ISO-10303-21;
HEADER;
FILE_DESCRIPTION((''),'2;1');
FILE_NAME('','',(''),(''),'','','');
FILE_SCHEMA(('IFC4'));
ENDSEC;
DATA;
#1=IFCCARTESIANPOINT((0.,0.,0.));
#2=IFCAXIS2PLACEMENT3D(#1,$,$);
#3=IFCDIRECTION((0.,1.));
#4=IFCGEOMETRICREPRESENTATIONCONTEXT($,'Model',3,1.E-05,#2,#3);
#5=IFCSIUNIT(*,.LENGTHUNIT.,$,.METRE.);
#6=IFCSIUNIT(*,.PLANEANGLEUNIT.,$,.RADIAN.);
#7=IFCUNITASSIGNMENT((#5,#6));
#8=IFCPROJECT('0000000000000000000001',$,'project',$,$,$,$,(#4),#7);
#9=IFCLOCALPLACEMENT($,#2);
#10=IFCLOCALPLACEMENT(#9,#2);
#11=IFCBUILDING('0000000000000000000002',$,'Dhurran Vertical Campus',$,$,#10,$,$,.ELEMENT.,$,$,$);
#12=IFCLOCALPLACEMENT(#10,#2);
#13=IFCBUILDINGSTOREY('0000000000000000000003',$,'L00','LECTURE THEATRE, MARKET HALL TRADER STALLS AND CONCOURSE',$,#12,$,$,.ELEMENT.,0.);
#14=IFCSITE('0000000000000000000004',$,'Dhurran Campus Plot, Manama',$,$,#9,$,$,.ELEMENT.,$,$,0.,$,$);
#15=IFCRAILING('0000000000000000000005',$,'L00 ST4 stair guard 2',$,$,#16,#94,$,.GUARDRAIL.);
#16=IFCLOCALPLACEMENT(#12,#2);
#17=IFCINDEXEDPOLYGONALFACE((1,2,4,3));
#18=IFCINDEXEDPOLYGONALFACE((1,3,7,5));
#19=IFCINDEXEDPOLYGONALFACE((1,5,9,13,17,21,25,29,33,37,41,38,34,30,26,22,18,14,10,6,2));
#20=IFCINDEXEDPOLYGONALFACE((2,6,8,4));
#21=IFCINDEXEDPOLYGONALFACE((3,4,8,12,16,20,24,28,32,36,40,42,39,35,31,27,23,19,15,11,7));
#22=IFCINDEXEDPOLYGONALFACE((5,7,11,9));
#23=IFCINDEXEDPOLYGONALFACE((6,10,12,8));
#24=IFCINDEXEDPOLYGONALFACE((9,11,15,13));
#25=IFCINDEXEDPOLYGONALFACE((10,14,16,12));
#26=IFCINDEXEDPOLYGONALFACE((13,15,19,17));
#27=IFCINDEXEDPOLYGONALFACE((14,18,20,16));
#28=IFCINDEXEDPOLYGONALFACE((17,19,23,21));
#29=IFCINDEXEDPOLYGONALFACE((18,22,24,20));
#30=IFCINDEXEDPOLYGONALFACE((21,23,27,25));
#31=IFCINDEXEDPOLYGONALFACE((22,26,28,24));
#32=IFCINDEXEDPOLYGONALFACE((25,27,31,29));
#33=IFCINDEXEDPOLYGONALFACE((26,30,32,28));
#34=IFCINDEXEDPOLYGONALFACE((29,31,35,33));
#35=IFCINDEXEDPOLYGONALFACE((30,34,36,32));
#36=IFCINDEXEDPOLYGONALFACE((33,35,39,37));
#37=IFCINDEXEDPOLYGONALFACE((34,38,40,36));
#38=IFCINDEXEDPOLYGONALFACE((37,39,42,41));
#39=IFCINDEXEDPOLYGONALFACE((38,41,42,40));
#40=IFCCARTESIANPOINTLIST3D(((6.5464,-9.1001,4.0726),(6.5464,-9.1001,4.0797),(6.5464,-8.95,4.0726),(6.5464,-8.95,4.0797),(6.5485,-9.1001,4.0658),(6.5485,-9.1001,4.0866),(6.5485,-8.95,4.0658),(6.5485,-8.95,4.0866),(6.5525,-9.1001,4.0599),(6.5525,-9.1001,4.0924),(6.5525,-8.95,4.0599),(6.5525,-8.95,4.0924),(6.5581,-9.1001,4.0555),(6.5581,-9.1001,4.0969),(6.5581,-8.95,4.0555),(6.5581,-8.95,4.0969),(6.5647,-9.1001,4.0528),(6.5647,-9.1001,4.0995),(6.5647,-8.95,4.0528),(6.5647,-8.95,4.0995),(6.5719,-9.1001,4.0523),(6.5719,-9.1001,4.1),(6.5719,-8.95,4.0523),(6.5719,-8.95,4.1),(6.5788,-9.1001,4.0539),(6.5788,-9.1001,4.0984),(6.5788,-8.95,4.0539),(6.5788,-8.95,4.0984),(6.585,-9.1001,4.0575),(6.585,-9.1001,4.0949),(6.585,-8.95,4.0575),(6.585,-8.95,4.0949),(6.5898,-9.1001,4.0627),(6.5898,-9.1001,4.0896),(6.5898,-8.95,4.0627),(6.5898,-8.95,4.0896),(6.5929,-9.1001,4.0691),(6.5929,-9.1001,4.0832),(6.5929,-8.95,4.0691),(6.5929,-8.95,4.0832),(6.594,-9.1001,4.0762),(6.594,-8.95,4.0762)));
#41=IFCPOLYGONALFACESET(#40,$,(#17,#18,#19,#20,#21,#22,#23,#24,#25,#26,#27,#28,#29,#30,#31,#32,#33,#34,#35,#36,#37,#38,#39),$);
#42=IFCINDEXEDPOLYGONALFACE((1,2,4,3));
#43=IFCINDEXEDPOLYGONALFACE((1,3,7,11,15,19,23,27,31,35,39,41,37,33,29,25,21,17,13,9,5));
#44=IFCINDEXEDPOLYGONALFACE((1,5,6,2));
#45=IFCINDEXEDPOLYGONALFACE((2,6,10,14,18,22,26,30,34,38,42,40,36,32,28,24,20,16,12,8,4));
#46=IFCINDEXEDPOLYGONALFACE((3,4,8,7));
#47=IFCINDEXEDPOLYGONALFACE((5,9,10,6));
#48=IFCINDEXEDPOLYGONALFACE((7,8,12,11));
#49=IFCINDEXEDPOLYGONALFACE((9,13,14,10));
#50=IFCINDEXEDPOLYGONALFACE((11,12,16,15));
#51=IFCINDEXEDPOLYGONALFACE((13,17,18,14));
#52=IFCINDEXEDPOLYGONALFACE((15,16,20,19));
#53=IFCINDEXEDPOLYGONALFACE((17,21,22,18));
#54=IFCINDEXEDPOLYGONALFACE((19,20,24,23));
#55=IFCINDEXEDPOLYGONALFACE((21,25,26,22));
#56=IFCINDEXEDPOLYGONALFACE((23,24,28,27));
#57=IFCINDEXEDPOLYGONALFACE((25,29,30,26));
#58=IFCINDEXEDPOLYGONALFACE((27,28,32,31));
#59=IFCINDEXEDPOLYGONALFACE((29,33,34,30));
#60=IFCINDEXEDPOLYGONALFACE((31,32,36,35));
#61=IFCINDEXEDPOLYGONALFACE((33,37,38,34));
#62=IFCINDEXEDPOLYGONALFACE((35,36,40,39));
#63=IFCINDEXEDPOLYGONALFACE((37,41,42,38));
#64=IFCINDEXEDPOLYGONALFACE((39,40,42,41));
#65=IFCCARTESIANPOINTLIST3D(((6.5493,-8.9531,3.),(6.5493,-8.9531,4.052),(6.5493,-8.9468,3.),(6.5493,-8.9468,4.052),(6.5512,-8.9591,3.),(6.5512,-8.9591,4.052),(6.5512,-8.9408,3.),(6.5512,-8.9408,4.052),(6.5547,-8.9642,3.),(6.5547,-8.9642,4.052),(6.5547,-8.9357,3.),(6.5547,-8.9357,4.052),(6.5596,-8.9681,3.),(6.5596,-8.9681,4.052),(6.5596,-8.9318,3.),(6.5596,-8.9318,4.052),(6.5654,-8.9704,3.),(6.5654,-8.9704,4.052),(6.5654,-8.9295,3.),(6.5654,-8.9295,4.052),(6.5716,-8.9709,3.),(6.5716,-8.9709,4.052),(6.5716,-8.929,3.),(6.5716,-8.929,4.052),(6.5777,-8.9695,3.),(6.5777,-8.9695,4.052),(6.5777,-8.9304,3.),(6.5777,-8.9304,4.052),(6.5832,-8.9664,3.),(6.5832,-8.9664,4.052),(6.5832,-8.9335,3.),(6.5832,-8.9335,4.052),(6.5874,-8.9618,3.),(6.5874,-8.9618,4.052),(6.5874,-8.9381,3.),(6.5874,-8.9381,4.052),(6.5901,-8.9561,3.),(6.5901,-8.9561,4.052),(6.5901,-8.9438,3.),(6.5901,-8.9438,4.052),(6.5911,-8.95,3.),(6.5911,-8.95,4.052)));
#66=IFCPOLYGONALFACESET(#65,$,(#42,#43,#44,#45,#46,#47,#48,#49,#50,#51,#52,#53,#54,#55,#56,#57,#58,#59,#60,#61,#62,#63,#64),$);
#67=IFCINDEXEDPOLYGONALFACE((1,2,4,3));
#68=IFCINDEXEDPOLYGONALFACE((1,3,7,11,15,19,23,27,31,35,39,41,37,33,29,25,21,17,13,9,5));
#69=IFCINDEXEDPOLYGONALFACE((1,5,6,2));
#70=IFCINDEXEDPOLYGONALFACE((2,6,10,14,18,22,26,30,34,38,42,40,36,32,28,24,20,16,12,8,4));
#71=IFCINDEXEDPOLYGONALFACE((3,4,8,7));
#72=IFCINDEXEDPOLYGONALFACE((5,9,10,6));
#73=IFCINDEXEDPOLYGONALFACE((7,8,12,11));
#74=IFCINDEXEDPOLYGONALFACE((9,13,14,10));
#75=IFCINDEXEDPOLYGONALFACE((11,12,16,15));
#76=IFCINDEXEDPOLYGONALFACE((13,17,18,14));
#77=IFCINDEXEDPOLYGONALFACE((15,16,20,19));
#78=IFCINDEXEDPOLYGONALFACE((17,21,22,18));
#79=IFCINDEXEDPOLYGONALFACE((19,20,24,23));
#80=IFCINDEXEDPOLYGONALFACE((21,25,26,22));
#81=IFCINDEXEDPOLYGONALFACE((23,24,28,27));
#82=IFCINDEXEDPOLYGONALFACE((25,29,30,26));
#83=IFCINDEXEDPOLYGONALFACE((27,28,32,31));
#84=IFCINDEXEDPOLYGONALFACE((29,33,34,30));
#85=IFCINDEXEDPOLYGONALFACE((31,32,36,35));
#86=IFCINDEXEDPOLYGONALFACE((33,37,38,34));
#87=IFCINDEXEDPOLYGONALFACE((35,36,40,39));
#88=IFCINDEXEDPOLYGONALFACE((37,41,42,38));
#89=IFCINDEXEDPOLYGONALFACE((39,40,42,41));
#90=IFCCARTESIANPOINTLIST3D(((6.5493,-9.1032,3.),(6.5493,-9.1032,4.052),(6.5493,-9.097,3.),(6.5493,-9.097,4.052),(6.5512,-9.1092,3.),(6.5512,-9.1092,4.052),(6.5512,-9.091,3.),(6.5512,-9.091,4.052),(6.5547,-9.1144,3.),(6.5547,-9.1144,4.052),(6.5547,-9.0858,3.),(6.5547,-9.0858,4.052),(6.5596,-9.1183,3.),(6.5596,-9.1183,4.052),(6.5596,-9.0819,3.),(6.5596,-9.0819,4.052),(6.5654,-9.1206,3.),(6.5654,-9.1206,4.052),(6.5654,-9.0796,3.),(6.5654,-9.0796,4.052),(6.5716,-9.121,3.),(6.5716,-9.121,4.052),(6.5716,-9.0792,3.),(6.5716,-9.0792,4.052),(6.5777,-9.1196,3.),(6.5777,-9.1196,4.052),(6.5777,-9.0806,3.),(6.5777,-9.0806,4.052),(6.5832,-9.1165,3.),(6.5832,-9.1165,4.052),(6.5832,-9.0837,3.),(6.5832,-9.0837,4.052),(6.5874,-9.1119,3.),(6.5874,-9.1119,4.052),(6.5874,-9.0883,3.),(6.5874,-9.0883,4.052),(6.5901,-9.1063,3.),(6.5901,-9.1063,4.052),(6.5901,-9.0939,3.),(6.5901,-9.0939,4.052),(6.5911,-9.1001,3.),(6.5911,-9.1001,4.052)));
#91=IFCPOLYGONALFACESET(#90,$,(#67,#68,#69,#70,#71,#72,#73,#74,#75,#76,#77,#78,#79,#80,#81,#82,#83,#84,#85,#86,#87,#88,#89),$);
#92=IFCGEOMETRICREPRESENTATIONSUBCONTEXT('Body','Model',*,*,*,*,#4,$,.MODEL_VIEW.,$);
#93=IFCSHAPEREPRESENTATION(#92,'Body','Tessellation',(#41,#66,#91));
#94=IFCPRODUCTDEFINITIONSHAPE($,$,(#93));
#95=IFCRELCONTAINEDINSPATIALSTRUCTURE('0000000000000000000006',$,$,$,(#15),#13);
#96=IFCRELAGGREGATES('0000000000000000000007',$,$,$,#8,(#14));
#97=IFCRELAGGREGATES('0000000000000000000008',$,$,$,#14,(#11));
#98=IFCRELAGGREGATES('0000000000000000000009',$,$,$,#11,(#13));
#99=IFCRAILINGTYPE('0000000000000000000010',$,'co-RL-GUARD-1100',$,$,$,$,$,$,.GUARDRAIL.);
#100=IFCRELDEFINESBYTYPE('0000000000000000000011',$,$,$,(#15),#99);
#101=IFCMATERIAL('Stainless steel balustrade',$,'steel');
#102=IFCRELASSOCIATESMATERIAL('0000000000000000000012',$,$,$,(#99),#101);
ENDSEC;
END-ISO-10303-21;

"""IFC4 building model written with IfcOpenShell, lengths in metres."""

from ifc_helpers import new_model, si_unit, direction, frame, origin, origin_2d, place, context, subcontext, project, spatial, circle, extrude, material, type_object, element, save


model = new_model("IFC4")

# Units and contexts
model_context = context("Model", 3, precision=1e-05, world=origin(), true_north=direction((0.0, 1.0)))
body_context = subcontext(model_context, "Body", "Model", "MODEL_VIEW")
ifc_project = project(units=[si_unit("LENGTHUNIT", "METRE"), si_unit("PLANEANGLEUNIT", "RADIAN")], contexts=[model_context])

# Site, building, storey
site_placement = place(None, origin())
site = spatial("IfcSite", under=ifc_project, at=site_placement, Name="Dhurran Campus Plot, Manama", CompositionType="ELEMENT", RefElevation=0.0)
building_placement = place(site_placement, origin())
building = spatial("IfcBuilding", under=site, at=building_placement, Name="Dhurran Vertical Campus", CompositionType="ELEMENT")
storey_placement = place(building_placement, origin())
storey = spatial("IfcBuildingStorey", under=building, at=storey_placement, Name="L00", Description="LECTURE THEATRE, MARKET HALL TRADER STALLS AND CONCOURSE", CompositionType="ELEMENT", Elevation=0.0)

# Railing
ifc_material_1 = material(Name="Stainless steel balustrade", Category="steel")
railing_type_1 = type_object("IfcRailingType", Name="co-RL-GUARD-1100", PredefinedType="GUARDRAIL", material=ifc_material_1)
railing_1_placement = place(storey_placement, frame((6.5701, -8.95, 3.0)))
element("IfcRailing", 1, at=railing_1_placement, inside=storey, type_object=railing_type_1, Name="L00 ST4 stair guard 2", PredefinedType="GUARDRAIL", context=body_context, shape_type="SweptSolid", body=[
    extrude(circle(Radius=0.0239, at=origin_2d()), frame((0.0, 0.0, 1.0762), z_axis=(0.0, -1.0, 0.0), x_axis=(1.0, 0.0, 0.0)), (0.0, 0.0, 1.0), 0.1501),
    extrude(circle(Radius=0.021, at=origin_2d()), origin(), (0.0, 0.0, 1.0), 1.052),
    extrude(circle(Radius=0.021, at=origin_2d()), frame((0.0, -0.1501, 0.0)), (0.0, 0.0, 1.0), 1.052),
])

save(model, "model.ifc")
